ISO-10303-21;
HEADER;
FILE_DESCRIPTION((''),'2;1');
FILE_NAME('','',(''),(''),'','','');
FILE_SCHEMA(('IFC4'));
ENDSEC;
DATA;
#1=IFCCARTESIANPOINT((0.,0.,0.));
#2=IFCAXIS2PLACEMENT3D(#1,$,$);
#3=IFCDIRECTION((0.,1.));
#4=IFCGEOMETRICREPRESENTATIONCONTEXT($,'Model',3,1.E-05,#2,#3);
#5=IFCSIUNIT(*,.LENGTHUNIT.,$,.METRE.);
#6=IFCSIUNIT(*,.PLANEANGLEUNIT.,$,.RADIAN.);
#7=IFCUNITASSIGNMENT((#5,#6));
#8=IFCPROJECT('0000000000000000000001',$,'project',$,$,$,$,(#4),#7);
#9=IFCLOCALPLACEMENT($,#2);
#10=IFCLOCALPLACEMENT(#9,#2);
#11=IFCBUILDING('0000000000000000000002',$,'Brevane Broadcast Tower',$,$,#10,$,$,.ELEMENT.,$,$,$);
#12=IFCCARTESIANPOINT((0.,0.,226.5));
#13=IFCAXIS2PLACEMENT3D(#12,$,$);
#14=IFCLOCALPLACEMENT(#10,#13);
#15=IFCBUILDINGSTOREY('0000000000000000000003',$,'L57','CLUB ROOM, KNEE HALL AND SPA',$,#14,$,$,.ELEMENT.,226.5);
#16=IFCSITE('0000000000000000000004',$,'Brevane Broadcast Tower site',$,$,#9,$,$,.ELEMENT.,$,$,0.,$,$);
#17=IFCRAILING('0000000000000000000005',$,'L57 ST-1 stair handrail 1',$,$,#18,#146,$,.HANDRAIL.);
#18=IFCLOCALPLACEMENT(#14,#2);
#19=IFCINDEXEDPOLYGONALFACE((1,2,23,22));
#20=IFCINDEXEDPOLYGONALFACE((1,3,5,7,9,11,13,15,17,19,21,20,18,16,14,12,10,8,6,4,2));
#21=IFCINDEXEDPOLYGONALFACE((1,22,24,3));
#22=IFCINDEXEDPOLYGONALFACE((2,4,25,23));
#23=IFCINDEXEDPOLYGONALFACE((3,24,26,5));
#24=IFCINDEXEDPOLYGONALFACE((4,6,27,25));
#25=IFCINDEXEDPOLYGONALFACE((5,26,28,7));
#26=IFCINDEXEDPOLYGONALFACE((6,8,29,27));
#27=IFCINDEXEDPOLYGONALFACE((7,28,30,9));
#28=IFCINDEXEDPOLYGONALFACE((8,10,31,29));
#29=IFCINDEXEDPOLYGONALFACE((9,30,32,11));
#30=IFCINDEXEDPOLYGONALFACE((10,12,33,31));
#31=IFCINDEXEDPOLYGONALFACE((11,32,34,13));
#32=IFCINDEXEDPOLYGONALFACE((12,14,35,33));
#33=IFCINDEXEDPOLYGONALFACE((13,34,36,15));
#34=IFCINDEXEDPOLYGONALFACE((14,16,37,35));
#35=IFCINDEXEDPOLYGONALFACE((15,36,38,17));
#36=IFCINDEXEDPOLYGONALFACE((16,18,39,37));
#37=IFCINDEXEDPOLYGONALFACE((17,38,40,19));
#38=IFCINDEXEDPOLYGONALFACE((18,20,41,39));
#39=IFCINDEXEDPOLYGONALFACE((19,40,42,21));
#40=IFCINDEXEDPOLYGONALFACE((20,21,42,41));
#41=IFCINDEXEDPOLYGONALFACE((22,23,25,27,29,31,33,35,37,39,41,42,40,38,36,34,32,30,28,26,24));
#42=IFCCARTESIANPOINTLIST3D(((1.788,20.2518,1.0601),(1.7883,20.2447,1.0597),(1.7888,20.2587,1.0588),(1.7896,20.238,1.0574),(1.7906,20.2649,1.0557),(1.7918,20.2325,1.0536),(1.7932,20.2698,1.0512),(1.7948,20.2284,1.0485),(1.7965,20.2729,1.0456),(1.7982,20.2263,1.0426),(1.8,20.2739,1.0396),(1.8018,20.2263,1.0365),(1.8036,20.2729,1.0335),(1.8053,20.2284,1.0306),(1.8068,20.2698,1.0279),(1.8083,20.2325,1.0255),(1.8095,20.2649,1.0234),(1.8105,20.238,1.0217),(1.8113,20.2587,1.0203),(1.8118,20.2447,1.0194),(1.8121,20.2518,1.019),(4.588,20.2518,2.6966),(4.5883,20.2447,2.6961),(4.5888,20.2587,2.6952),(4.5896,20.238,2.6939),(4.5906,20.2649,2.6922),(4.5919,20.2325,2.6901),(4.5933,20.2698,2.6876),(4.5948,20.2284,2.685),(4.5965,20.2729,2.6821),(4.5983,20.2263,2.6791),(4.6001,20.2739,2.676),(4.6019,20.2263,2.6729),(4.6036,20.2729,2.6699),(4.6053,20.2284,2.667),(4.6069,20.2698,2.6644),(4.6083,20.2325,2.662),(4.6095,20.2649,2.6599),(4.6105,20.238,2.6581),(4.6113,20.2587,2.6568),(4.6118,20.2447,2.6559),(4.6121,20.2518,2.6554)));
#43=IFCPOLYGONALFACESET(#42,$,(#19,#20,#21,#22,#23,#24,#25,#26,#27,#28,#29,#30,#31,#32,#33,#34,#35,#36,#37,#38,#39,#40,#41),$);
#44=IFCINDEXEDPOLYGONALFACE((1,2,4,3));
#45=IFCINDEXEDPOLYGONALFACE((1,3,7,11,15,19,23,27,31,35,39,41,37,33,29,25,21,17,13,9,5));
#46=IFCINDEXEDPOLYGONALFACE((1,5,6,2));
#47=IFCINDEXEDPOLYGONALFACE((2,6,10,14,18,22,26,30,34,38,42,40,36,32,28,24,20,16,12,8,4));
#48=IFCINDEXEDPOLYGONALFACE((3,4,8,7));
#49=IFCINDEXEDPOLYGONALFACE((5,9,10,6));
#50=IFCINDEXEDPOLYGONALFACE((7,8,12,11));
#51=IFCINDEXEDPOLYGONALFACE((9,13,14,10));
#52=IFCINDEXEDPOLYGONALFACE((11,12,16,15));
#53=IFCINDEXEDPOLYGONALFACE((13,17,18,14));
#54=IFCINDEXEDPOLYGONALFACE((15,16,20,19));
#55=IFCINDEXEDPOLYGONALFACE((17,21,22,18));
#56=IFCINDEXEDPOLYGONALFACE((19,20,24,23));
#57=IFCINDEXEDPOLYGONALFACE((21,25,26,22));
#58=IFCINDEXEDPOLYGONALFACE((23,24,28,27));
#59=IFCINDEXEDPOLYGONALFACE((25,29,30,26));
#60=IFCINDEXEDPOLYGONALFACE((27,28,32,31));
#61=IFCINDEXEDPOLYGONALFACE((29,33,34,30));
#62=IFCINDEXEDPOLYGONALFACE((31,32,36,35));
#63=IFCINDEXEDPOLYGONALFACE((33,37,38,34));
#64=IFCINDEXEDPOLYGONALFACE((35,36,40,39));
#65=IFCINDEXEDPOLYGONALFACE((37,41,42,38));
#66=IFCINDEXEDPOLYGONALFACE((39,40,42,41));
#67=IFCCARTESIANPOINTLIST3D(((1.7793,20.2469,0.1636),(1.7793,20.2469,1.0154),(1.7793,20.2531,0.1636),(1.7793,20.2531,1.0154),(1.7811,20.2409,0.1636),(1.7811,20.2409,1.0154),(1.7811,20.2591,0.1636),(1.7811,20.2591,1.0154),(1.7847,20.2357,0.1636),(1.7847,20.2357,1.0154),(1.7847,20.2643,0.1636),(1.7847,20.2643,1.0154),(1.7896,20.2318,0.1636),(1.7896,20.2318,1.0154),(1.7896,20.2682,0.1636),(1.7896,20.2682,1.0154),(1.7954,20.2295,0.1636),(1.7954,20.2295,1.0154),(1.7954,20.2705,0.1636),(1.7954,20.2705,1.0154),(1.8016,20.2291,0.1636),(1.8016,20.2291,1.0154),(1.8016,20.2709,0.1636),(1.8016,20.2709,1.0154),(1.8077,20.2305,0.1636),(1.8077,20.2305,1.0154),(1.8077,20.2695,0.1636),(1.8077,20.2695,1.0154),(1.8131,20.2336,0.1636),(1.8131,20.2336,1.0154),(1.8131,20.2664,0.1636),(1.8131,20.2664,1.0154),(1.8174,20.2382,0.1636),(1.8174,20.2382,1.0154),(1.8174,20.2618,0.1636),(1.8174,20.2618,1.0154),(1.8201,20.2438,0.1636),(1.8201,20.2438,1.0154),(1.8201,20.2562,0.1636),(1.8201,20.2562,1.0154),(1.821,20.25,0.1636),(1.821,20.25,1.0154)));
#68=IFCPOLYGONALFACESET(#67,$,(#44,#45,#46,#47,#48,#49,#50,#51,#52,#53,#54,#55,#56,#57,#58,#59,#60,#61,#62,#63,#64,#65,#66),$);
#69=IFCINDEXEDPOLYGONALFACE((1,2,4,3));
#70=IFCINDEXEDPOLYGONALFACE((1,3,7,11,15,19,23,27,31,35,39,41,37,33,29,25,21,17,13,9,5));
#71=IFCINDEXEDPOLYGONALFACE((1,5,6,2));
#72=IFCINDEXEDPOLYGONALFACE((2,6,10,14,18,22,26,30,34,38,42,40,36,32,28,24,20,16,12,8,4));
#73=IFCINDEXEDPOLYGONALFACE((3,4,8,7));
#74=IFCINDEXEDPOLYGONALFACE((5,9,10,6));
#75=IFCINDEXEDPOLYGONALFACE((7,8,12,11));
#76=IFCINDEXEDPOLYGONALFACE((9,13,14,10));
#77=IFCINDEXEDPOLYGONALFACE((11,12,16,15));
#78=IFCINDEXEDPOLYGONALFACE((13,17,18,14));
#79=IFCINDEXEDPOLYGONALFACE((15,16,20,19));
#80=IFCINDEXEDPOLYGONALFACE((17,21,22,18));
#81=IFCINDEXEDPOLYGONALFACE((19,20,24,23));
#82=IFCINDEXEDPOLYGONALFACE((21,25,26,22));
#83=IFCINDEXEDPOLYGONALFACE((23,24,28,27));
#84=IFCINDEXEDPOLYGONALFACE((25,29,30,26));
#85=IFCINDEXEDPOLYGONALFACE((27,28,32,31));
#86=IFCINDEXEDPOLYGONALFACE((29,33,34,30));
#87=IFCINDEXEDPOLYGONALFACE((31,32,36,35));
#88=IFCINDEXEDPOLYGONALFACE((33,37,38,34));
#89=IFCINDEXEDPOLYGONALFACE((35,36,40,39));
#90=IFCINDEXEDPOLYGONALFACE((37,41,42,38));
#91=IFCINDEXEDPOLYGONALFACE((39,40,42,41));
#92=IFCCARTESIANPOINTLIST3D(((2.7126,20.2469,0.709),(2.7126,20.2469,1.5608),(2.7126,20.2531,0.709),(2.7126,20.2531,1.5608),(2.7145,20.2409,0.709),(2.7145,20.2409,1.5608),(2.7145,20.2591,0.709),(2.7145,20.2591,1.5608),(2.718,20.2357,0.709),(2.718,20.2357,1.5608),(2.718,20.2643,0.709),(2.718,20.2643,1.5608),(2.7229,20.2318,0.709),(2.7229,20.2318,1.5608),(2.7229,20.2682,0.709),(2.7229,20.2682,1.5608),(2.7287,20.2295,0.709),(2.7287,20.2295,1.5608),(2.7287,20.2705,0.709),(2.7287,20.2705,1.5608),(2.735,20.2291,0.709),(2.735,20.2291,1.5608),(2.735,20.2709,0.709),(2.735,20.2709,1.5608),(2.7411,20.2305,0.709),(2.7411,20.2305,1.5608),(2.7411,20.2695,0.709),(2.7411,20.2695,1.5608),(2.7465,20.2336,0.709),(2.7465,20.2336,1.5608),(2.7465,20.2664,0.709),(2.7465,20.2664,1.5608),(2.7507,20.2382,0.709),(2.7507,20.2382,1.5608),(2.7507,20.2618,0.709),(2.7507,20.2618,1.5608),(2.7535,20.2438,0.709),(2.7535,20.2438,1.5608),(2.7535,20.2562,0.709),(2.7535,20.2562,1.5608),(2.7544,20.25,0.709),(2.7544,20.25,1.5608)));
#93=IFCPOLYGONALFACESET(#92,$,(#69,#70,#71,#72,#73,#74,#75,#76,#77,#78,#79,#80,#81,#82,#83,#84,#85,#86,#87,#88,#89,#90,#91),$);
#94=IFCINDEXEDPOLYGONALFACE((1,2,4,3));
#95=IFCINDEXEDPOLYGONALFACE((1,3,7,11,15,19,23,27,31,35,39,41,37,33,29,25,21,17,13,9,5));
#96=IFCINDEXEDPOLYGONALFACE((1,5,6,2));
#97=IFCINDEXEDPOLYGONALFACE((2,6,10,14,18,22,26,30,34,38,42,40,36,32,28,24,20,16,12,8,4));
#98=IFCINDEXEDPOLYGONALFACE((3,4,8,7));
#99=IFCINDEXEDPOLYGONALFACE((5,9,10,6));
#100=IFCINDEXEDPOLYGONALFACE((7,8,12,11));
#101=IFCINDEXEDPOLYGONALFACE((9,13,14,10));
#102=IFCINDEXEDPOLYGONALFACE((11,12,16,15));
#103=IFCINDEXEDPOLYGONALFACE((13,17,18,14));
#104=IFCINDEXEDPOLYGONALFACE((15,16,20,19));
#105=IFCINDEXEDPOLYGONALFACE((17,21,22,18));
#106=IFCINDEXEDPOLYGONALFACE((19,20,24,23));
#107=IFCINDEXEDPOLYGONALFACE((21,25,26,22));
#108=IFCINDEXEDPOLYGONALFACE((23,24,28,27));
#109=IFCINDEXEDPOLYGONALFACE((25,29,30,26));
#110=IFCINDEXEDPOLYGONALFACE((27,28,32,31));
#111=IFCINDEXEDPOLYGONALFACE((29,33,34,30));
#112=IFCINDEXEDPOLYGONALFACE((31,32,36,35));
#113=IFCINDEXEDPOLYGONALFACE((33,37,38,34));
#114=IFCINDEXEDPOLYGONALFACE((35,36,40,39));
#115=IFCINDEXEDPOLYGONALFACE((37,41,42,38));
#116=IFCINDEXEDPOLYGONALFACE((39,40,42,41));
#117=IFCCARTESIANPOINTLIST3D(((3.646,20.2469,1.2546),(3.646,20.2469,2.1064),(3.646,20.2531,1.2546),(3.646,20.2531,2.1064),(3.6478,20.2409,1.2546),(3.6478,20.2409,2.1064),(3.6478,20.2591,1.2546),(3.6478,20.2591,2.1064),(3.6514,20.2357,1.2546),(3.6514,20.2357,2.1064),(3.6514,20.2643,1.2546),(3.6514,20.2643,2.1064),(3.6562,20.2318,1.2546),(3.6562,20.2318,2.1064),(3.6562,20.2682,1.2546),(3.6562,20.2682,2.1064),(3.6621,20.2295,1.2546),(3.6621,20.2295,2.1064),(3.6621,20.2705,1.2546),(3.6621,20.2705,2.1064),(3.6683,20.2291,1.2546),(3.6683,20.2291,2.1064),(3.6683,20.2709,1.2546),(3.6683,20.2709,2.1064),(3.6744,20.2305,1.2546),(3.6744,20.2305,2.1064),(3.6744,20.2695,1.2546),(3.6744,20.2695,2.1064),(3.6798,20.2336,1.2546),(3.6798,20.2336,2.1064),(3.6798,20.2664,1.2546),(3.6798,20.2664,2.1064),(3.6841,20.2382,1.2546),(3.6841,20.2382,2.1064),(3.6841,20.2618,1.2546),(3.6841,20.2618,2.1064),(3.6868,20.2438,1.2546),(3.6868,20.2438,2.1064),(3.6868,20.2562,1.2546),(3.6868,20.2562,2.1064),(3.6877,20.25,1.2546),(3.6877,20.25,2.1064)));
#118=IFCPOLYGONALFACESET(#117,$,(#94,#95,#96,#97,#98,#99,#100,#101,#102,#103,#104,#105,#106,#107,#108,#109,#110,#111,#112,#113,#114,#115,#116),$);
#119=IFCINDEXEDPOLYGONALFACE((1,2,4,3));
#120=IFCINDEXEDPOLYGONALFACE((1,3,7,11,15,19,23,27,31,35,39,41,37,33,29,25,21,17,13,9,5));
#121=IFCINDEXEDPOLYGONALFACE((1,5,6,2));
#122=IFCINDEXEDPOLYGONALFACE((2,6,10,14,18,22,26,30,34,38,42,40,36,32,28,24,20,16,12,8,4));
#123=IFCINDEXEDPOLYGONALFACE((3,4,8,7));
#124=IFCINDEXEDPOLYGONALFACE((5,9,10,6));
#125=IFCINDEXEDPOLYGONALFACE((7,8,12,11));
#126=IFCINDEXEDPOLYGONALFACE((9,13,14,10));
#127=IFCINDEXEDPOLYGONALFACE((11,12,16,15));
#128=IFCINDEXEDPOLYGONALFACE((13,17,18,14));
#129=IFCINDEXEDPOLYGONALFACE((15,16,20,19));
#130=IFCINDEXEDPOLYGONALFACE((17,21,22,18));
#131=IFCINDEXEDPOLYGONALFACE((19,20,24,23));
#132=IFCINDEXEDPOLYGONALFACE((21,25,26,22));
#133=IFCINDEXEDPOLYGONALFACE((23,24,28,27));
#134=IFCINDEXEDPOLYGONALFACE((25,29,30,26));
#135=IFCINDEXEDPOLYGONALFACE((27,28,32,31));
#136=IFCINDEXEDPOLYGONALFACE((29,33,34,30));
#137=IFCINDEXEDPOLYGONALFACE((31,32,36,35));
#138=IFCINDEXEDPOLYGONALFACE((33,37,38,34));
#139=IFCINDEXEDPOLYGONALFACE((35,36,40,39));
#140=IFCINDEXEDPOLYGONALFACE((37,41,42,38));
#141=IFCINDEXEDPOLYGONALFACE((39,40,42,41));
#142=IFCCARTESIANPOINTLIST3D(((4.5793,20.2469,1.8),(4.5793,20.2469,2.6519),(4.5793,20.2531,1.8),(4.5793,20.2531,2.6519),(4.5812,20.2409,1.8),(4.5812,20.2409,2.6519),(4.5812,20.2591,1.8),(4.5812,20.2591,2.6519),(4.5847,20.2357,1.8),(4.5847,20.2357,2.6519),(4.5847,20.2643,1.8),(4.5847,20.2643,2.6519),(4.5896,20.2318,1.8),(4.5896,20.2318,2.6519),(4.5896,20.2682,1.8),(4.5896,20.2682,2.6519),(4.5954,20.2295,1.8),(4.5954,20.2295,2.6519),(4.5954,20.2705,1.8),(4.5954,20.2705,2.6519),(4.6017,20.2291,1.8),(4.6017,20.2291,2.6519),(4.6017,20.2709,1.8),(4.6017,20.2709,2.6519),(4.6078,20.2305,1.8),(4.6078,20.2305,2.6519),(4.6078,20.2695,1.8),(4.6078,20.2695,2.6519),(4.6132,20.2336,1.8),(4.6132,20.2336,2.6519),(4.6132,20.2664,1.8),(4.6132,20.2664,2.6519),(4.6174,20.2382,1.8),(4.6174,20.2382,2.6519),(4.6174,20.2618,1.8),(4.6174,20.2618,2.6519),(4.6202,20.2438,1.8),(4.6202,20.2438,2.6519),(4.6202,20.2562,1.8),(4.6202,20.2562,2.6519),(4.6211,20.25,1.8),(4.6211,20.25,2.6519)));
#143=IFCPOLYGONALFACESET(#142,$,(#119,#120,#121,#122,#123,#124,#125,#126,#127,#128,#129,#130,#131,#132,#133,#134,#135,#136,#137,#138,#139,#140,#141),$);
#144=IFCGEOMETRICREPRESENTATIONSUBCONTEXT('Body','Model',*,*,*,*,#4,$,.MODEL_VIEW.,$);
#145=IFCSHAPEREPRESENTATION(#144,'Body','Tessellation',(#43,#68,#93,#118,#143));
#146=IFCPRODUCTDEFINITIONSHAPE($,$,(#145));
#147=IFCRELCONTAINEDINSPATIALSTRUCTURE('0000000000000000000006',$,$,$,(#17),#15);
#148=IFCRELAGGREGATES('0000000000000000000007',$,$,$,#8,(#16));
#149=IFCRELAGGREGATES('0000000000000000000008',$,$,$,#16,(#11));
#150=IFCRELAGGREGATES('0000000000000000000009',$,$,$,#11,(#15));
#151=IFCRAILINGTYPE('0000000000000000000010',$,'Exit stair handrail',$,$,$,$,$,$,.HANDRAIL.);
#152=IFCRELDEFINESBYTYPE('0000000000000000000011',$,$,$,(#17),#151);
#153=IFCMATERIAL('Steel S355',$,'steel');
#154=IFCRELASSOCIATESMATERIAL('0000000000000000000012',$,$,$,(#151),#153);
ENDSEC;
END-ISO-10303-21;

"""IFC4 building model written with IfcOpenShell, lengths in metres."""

from ifc_helpers import new_model, si_unit, direction, frame, origin, origin_2d, place, context, subcontext, project, spatial, circle, extrude, material, type_object, element, save


model = new_model("IFC4")

# Units and contexts
model_context = context("Model", 3, precision=1e-05, world=origin(), true_north=direction((0.0, 1.0)))
body_context = subcontext(model_context, "Body", "Model", "MODEL_VIEW")
ifc_project = project(units=[si_unit("LENGTHUNIT", "METRE"), si_unit("PLANEANGLEUNIT", "RADIAN")], contexts=[model_context])

# Site, building, storey
site_placement = place(None, origin())
site = spatial("IfcSite", under=ifc_project, at=site_placement, Name="Brevane Broadcast Tower site", CompositionType="ELEMENT", RefElevation=0.0)
building_placement = place(site_placement, origin())
building = spatial("IfcBuilding", under=site, at=building_placement, Name="Brevane Broadcast Tower", CompositionType="ELEMENT")
storey_placement = place(building_placement, frame((0.0, 0.0, 226.5)))
storey = spatial("IfcBuildingStorey", under=building, at=storey_placement, Name="L57", Description="CLUB ROOM, KNEE HALL AND SPA", CompositionType="ELEMENT", Elevation=226.5)

# Railing
ifc_material_1 = material(Name="Steel S355", Category="steel")
railing_type_1 = type_object("IfcRailingType", Name="Exit stair handrail", PredefinedType="HANDRAIL", material=ifc_material_1)
railing_1_placement = place(storey_placement, frame((1.8, 20.25, 0.1636)))
element("IfcRailing", 1, at=railing_1_placement, inside=storey, type_object=railing_type_1, Name="L57 ST-1 stair handrail 1", PredefinedType="HANDRAIL", context=body_context, shape_type="SweptSolid", body=[
    extrude(circle(Radius=0.0239, at=origin_2d()), frame((0.0, 0.0, 0.876), z_axis=(0.863361, 0.0, 0.504587), x_axis=(0.0, 1.0, 0.0)), (0.0, 0.0, 1.0), 3.2432),
    extrude(circle(Radius=0.021, at=origin_2d()), origin(), (0.0, 0.0, 1.0), 0.8518),
    extrude(circle(Radius=0.021, at=origin_2d()), frame((0.9333, 0.0, 0.5454)), (0.0, 0.0, 1.0), 0.8518),
    extrude(circle(Radius=0.021, at=origin_2d()), frame((1.8667, 0.0, 1.0911)), (0.0, 0.0, 1.0), 0.8518),
    extrude(circle(Radius=0.021, at=origin_2d()), frame((2.8, 0.0, 1.6365)), (0.0, 0.0, 1.0), 0.8518),
])

save(model, "model.ifc")
